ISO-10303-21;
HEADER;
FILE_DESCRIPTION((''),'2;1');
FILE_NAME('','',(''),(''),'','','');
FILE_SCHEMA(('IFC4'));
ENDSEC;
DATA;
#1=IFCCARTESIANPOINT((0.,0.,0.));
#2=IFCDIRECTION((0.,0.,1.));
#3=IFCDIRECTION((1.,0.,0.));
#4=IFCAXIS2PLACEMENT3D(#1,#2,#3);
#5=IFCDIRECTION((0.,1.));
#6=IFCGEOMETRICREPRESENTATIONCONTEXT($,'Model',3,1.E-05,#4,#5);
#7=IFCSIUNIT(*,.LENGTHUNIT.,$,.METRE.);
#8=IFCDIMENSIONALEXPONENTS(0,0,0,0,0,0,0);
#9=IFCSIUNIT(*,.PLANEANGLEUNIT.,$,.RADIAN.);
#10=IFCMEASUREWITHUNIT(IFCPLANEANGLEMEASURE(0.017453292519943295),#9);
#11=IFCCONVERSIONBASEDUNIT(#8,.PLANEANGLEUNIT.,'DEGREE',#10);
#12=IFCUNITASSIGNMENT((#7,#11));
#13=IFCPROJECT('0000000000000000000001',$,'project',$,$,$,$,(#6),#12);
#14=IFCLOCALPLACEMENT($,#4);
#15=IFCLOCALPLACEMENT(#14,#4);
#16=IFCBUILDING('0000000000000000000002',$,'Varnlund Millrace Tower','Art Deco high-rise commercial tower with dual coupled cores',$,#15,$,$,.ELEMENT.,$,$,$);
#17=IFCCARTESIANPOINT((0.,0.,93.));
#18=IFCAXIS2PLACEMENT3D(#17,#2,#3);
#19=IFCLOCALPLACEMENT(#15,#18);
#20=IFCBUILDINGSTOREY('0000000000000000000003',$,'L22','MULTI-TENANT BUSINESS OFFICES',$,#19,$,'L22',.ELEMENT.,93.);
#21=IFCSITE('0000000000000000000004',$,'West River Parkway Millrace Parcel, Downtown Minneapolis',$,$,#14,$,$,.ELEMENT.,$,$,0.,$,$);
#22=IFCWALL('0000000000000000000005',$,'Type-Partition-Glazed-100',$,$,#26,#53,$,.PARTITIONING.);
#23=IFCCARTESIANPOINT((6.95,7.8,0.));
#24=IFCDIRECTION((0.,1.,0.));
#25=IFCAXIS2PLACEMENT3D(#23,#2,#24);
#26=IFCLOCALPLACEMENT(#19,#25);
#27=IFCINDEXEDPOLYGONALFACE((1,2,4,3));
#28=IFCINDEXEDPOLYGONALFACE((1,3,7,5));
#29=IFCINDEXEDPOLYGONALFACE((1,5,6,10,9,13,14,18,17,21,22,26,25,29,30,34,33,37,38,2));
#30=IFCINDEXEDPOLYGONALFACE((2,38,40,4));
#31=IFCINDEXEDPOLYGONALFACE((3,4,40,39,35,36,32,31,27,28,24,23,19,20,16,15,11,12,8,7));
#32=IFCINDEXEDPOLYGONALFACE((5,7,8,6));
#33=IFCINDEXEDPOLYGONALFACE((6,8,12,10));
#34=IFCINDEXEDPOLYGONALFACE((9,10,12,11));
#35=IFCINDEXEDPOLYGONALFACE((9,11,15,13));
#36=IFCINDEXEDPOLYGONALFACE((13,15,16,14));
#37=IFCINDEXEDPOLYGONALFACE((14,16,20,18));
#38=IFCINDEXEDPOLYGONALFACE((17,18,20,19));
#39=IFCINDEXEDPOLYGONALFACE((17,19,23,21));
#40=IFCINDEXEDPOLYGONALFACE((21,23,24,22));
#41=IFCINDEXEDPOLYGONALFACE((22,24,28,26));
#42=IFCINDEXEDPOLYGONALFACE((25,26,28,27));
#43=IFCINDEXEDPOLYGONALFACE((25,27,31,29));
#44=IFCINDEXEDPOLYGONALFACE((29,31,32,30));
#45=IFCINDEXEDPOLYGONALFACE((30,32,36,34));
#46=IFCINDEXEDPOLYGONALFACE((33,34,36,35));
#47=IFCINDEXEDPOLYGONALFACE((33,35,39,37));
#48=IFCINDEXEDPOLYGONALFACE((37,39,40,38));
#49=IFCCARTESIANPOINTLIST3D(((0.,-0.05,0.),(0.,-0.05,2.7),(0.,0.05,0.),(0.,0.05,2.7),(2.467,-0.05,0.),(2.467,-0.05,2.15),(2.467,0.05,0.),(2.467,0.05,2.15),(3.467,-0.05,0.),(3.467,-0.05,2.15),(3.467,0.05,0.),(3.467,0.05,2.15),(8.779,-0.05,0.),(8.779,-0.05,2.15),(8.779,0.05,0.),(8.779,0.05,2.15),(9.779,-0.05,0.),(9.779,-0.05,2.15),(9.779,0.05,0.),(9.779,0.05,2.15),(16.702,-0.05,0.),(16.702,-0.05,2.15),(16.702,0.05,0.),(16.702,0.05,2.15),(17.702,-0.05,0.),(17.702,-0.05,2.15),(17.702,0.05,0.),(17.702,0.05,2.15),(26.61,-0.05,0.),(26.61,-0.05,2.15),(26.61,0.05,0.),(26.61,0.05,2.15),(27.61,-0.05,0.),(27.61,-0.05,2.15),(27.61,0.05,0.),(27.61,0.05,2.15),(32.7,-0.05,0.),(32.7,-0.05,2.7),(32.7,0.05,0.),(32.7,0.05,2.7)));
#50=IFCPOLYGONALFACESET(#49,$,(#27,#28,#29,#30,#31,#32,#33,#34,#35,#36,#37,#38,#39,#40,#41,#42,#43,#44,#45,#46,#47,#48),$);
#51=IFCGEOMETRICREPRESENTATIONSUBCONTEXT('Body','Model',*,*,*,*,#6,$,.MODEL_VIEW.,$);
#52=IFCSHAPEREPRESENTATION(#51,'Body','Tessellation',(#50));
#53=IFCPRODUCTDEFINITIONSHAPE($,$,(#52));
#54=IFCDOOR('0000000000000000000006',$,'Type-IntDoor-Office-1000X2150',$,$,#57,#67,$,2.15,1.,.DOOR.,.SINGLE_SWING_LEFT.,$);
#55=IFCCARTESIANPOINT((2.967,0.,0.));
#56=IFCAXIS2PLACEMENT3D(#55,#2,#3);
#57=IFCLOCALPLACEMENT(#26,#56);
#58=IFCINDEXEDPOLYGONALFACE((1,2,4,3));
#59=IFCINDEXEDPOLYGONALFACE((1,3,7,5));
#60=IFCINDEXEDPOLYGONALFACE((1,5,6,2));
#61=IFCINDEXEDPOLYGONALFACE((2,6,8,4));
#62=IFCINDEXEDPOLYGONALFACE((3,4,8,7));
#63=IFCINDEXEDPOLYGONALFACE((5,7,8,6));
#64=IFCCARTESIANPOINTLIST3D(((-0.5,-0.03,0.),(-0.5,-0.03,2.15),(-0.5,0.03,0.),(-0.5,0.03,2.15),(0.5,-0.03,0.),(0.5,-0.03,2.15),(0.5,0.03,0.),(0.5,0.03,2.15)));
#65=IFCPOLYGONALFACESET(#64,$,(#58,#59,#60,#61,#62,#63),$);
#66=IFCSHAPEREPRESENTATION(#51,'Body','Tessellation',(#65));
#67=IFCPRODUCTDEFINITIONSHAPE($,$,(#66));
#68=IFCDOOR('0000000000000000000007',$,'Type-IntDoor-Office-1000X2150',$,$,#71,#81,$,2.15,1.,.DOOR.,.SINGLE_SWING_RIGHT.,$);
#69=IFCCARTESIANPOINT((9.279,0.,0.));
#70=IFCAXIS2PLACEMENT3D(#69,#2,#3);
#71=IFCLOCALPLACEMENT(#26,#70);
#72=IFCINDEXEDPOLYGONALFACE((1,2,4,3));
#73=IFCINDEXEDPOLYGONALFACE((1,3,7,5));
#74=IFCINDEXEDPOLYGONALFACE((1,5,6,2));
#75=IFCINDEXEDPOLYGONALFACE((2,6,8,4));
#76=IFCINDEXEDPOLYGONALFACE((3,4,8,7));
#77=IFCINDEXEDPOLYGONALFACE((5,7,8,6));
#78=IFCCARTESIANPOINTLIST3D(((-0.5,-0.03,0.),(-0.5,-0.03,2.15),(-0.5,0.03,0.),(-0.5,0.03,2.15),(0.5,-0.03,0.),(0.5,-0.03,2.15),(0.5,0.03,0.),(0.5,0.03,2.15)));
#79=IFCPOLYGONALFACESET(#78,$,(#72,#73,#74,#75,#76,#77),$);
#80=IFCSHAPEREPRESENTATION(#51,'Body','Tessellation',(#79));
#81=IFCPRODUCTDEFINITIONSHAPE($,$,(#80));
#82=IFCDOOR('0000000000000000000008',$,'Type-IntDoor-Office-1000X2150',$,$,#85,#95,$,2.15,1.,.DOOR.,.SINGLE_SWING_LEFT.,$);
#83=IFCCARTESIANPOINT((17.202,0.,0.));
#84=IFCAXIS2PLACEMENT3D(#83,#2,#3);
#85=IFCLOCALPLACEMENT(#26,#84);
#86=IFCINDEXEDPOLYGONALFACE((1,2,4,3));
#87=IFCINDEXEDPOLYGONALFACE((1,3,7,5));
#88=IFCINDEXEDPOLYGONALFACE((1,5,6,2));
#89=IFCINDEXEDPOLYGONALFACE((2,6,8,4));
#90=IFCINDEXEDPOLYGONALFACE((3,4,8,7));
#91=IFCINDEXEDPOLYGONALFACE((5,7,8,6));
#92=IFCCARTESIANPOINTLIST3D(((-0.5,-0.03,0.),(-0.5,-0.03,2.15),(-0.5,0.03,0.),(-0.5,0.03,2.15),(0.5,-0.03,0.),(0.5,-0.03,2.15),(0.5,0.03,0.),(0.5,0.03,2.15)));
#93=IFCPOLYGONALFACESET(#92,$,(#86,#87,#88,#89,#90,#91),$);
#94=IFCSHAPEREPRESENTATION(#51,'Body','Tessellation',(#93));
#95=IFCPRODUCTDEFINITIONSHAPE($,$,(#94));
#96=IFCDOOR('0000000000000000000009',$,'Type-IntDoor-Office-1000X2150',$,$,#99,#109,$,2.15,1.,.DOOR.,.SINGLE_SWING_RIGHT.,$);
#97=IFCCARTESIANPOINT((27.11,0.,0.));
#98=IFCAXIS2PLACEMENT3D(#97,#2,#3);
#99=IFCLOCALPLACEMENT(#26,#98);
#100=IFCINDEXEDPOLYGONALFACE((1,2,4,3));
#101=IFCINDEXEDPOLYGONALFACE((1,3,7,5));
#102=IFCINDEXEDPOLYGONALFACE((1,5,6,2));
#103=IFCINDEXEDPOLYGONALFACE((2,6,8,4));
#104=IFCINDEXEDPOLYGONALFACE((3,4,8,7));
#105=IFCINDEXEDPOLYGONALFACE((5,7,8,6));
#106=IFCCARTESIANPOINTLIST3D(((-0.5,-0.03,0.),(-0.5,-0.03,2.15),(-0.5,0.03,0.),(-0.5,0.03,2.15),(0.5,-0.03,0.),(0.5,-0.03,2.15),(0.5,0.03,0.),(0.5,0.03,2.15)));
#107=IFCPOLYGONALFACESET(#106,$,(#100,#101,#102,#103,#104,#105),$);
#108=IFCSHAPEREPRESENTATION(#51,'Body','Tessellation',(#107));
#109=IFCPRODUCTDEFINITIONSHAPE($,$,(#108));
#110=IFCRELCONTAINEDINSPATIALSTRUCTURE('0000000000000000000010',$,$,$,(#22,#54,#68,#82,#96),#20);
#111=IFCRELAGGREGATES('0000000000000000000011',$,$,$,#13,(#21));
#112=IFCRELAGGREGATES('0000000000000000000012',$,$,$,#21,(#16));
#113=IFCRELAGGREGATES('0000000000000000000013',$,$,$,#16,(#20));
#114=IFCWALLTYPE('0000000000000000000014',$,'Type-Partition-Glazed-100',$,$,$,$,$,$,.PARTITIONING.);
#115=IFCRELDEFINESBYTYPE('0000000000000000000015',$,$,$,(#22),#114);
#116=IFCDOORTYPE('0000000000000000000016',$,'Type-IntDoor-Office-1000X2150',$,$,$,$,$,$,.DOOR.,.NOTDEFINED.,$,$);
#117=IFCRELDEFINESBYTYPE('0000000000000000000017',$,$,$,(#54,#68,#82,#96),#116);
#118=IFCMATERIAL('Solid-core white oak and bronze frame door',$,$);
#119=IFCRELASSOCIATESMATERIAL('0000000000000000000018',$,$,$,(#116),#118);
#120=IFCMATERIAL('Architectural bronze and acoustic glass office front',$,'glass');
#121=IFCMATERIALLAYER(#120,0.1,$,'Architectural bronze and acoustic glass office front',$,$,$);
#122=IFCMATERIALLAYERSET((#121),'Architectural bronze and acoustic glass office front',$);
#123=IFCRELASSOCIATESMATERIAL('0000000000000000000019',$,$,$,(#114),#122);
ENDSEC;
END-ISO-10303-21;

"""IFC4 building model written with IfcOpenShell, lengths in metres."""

from ifc_helpers import new_model, entity, si_unit, converted_unit, direction, frame, origin_with_axes, origin_2d_with_axis, place, context, subcontext, project, spatial, polyline, rectangle, outline, extrude, material, layer, layer_set, type_object, element, fill, save


model = new_model("IFC4")

# Units and contexts
model_context = context("Model", 3, precision=1e-05, world=origin_with_axes(), true_north=direction((0.0, 1.0)))
body_context = subcontext(model_context, "Body", "Model", "MODEL_VIEW")
ifc_project = project(units=[si_unit("LENGTHUNIT", "METRE"), converted_unit("PLANEANGLEUNIT", "DEGREE", entity("IfcPlaneAngleMeasure", 0.017453292519943295), si_unit("PLANEANGLEUNIT", "RADIAN"), dimensions=[0, 0, 0, 0, 0, 0, 0])], contexts=[model_context])

# Site, building, storey
site_placement = place(None, origin_with_axes())
site = spatial("IfcSite", under=ifc_project, at=site_placement, Name="West River Parkway Millrace Parcel, Downtown Minneapolis", CompositionType="ELEMENT", RefElevation=0.0)
building_placement = place(site_placement, origin_with_axes())
building = spatial("IfcBuilding", under=site, at=building_placement, Name="Varnlund Millrace Tower", Description="Art Deco high-rise commercial tower with dual coupled cores", CompositionType="ELEMENT")
storey_placement = place(building_placement, frame((0.0, 0.0, 93.0), z_axis=(0.0, 0.0, 1.0), x_axis=(1.0, 0.0, 0.0)))
storey = spatial("IfcBuildingStorey", under=building, at=storey_placement, Name="L22", Description="MULTI-TENANT BUSINESS OFFICES", LongName="L22", CompositionType="ELEMENT", Elevation=93.0)

# Wall, openings, doors
ifc_material_1 = material(Name="Solid-core white oak and bronze frame door")
door_type_1 = type_object("IfcDoorType", Name="Type-IntDoor-Office-1000X2150", OperationType="NOTDEFINED", PredefinedType="DOOR", material=ifc_material_1)
ifc_material_2 = material(Name="Architectural bronze and acoustic glass office front", Category="glass")
ifc_layer_1 = layer(ifc_material_2, 0.1, Name="Architectural bronze and acoustic glass office front")
ifc_layer_set_1 = layer_set([ifc_layer_1], Name="Architectural bronze and acoustic glass office front")
wall_type_1 = type_object("IfcWallType", Name="Type-Partition-Glazed-100", PredefinedType="PARTITIONING", material=ifc_layer_set_1)
wall_1_placement = place(storey_placement, frame((6.95, 7.8, 0.0), z_axis=(0.0, 0.0, 1.0), x_axis=(0.0, 1.0, 0.0)))
wall_1 = element("IfcWall", 1, at=wall_1_placement, inside=storey, type_object=wall_type_1, Name="Type-Partition-Glazed-100", PredefinedType="PARTITIONING", context=body_context, shape_type="SweptSolid", body=[
    extrude(outline(polyline([(0.0, -0.05), (32.7, -0.05), (32.7, 0.05), (0.0, 0.05), (0.0, -0.05)])), origin_with_axes(), (0.0, 0.0, 1.0), 2.7),
])
opening_1_placement = place(wall_1_placement, frame((2.967, 0.0, 0.0), z_axis=(0.0, 0.0, 1.0), x_axis=(1.0, 0.0, 0.0)))
opening_1 = element("IfcOpeningElement", 2, at=opening_1_placement, cuts=wall_1, PredefinedType="OPENING", context=body_context, shape_type="SweptSolid", body=[
    extrude(rectangle(XDim=1.0, YDim=0.12, at=origin_2d_with_axis()), origin_with_axes(), (0.0, 0.0, 1.0), 2.15),
])
opening_2_placement = place(wall_1_placement, frame((9.279, 0.0, 0.0), z_axis=(0.0, 0.0, 1.0), x_axis=(1.0, 0.0, 0.0)))
opening_2 = element("IfcOpeningElement", 3, at=opening_2_placement, cuts=wall_1, PredefinedType="OPENING", context=body_context, shape_type="SweptSolid", body=[
    extrude(rectangle(XDim=1.0, YDim=0.12, at=origin_2d_with_axis()), origin_with_axes(), (0.0, 0.0, 1.0), 2.15),
])
opening_3_placement = place(wall_1_placement, frame((17.202, 0.0, 0.0), z_axis=(0.0, 0.0, 1.0), x_axis=(1.0, 0.0, 0.0)))
opening_3 = element("IfcOpeningElement", 4, at=opening_3_placement, cuts=wall_1, PredefinedType="OPENING", context=body_context, shape_type="SweptSolid", body=[
    extrude(rectangle(XDim=1.0, YDim=0.12, at=origin_2d_with_axis()), origin_with_axes(), (0.0, 0.0, 1.0), 2.15),
])
opening_4_placement = place(wall_1_placement, frame((27.11, 0.0, 0.0), z_axis=(0.0, 0.0, 1.0), x_axis=(1.0, 0.0, 0.0)))
opening_4 = element("IfcOpeningElement", 5, at=opening_4_placement, cuts=wall_1, PredefinedType="OPENING", context=body_context, shape_type="SweptSolid", body=[
    extrude(rectangle(XDim=1.0, YDim=0.12, at=origin_2d_with_axis()), origin_with_axes(), (0.0, 0.0, 1.0), 2.15),
])
door_1_placement = place(wall_1_placement, frame((2.967, 0.0, 0.0), z_axis=(0.0, 0.0, 1.0), x_axis=(1.0, 0.0, 0.0)))
door_1 = element("IfcDoor", 6, at=door_1_placement, inside=storey, type_object=door_type_1, Name="Type-IntDoor-Office-1000X2150", OperationType="SINGLE_SWING_LEFT", OverallHeight=2.15, OverallWidth=1.0, PredefinedType="DOOR", context=body_context, shape_type="SweptSolid", body=[
    extrude(rectangle(XDim=1.0, YDim=0.06, at=origin_2d_with_axis()), origin_with_axes(), (0.0, 0.0, 1.0), 2.15),
])
fill(opening_1, door_1)
door_2_placement = place(wall_1_placement, frame((9.279, 0.0, 0.0), z_axis=(0.0, 0.0, 1.0), x_axis=(1.0, 0.0, 0.0)))
door_2 = element("IfcDoor", 7, at=door_2_placement, inside=storey, type_object=door_type_1, Name="Type-IntDoor-Office-1000X2150", OperationType="SINGLE_SWING_RIGHT", OverallHeight=2.15, OverallWidth=1.0, PredefinedType="DOOR", context=body_context, shape_type="SweptSolid", body=[
    extrude(rectangle(XDim=1.0, YDim=0.06, at=origin_2d_with_axis()), origin_with_axes(), (0.0, 0.0, 1.0), 2.15),
])
fill(opening_2, door_2)
door_3_placement = place(wall_1_placement, frame((17.202, 0.0, 0.0), z_axis=(0.0, 0.0, 1.0), x_axis=(1.0, 0.0, 0.0)))
door_3 = element("IfcDoor", 8, at=door_3_placement, inside=storey, type_object=door_type_1, Name="Type-IntDoor-Office-1000X2150", OperationType="SINGLE_SWING_LEFT", OverallHeight=2.15, OverallWidth=1.0, PredefinedType="DOOR", context=body_context, shape_type="SweptSolid", body=[
    extrude(rectangle(XDim=1.0, YDim=0.06, at=origin_2d_with_axis()), origin_with_axes(), (0.0, 0.0, 1.0), 2.15),
])
fill(opening_3, door_3)
door_4_placement = place(wall_1_placement, frame((27.11, 0.0, 0.0), z_axis=(0.0, 0.0, 1.0), x_axis=(1.0, 0.0, 0.0)))
door_4 = element("IfcDoor", 9, at=door_4_placement, inside=storey, type_object=door_type_1, Name="Type-IntDoor-Office-1000X2150", OperationType="SINGLE_SWING_RIGHT", OverallHeight=2.15, OverallWidth=1.0, PredefinedType="DOOR", context=body_context, shape_type="SweptSolid", body=[
    extrude(rectangle(XDim=1.0, YDim=0.06, at=origin_2d_with_axis()), origin_with_axes(), (0.0, 0.0, 1.0), 2.15),
])
fill(opening_4, door_4)

save(model, "model.ifc")
